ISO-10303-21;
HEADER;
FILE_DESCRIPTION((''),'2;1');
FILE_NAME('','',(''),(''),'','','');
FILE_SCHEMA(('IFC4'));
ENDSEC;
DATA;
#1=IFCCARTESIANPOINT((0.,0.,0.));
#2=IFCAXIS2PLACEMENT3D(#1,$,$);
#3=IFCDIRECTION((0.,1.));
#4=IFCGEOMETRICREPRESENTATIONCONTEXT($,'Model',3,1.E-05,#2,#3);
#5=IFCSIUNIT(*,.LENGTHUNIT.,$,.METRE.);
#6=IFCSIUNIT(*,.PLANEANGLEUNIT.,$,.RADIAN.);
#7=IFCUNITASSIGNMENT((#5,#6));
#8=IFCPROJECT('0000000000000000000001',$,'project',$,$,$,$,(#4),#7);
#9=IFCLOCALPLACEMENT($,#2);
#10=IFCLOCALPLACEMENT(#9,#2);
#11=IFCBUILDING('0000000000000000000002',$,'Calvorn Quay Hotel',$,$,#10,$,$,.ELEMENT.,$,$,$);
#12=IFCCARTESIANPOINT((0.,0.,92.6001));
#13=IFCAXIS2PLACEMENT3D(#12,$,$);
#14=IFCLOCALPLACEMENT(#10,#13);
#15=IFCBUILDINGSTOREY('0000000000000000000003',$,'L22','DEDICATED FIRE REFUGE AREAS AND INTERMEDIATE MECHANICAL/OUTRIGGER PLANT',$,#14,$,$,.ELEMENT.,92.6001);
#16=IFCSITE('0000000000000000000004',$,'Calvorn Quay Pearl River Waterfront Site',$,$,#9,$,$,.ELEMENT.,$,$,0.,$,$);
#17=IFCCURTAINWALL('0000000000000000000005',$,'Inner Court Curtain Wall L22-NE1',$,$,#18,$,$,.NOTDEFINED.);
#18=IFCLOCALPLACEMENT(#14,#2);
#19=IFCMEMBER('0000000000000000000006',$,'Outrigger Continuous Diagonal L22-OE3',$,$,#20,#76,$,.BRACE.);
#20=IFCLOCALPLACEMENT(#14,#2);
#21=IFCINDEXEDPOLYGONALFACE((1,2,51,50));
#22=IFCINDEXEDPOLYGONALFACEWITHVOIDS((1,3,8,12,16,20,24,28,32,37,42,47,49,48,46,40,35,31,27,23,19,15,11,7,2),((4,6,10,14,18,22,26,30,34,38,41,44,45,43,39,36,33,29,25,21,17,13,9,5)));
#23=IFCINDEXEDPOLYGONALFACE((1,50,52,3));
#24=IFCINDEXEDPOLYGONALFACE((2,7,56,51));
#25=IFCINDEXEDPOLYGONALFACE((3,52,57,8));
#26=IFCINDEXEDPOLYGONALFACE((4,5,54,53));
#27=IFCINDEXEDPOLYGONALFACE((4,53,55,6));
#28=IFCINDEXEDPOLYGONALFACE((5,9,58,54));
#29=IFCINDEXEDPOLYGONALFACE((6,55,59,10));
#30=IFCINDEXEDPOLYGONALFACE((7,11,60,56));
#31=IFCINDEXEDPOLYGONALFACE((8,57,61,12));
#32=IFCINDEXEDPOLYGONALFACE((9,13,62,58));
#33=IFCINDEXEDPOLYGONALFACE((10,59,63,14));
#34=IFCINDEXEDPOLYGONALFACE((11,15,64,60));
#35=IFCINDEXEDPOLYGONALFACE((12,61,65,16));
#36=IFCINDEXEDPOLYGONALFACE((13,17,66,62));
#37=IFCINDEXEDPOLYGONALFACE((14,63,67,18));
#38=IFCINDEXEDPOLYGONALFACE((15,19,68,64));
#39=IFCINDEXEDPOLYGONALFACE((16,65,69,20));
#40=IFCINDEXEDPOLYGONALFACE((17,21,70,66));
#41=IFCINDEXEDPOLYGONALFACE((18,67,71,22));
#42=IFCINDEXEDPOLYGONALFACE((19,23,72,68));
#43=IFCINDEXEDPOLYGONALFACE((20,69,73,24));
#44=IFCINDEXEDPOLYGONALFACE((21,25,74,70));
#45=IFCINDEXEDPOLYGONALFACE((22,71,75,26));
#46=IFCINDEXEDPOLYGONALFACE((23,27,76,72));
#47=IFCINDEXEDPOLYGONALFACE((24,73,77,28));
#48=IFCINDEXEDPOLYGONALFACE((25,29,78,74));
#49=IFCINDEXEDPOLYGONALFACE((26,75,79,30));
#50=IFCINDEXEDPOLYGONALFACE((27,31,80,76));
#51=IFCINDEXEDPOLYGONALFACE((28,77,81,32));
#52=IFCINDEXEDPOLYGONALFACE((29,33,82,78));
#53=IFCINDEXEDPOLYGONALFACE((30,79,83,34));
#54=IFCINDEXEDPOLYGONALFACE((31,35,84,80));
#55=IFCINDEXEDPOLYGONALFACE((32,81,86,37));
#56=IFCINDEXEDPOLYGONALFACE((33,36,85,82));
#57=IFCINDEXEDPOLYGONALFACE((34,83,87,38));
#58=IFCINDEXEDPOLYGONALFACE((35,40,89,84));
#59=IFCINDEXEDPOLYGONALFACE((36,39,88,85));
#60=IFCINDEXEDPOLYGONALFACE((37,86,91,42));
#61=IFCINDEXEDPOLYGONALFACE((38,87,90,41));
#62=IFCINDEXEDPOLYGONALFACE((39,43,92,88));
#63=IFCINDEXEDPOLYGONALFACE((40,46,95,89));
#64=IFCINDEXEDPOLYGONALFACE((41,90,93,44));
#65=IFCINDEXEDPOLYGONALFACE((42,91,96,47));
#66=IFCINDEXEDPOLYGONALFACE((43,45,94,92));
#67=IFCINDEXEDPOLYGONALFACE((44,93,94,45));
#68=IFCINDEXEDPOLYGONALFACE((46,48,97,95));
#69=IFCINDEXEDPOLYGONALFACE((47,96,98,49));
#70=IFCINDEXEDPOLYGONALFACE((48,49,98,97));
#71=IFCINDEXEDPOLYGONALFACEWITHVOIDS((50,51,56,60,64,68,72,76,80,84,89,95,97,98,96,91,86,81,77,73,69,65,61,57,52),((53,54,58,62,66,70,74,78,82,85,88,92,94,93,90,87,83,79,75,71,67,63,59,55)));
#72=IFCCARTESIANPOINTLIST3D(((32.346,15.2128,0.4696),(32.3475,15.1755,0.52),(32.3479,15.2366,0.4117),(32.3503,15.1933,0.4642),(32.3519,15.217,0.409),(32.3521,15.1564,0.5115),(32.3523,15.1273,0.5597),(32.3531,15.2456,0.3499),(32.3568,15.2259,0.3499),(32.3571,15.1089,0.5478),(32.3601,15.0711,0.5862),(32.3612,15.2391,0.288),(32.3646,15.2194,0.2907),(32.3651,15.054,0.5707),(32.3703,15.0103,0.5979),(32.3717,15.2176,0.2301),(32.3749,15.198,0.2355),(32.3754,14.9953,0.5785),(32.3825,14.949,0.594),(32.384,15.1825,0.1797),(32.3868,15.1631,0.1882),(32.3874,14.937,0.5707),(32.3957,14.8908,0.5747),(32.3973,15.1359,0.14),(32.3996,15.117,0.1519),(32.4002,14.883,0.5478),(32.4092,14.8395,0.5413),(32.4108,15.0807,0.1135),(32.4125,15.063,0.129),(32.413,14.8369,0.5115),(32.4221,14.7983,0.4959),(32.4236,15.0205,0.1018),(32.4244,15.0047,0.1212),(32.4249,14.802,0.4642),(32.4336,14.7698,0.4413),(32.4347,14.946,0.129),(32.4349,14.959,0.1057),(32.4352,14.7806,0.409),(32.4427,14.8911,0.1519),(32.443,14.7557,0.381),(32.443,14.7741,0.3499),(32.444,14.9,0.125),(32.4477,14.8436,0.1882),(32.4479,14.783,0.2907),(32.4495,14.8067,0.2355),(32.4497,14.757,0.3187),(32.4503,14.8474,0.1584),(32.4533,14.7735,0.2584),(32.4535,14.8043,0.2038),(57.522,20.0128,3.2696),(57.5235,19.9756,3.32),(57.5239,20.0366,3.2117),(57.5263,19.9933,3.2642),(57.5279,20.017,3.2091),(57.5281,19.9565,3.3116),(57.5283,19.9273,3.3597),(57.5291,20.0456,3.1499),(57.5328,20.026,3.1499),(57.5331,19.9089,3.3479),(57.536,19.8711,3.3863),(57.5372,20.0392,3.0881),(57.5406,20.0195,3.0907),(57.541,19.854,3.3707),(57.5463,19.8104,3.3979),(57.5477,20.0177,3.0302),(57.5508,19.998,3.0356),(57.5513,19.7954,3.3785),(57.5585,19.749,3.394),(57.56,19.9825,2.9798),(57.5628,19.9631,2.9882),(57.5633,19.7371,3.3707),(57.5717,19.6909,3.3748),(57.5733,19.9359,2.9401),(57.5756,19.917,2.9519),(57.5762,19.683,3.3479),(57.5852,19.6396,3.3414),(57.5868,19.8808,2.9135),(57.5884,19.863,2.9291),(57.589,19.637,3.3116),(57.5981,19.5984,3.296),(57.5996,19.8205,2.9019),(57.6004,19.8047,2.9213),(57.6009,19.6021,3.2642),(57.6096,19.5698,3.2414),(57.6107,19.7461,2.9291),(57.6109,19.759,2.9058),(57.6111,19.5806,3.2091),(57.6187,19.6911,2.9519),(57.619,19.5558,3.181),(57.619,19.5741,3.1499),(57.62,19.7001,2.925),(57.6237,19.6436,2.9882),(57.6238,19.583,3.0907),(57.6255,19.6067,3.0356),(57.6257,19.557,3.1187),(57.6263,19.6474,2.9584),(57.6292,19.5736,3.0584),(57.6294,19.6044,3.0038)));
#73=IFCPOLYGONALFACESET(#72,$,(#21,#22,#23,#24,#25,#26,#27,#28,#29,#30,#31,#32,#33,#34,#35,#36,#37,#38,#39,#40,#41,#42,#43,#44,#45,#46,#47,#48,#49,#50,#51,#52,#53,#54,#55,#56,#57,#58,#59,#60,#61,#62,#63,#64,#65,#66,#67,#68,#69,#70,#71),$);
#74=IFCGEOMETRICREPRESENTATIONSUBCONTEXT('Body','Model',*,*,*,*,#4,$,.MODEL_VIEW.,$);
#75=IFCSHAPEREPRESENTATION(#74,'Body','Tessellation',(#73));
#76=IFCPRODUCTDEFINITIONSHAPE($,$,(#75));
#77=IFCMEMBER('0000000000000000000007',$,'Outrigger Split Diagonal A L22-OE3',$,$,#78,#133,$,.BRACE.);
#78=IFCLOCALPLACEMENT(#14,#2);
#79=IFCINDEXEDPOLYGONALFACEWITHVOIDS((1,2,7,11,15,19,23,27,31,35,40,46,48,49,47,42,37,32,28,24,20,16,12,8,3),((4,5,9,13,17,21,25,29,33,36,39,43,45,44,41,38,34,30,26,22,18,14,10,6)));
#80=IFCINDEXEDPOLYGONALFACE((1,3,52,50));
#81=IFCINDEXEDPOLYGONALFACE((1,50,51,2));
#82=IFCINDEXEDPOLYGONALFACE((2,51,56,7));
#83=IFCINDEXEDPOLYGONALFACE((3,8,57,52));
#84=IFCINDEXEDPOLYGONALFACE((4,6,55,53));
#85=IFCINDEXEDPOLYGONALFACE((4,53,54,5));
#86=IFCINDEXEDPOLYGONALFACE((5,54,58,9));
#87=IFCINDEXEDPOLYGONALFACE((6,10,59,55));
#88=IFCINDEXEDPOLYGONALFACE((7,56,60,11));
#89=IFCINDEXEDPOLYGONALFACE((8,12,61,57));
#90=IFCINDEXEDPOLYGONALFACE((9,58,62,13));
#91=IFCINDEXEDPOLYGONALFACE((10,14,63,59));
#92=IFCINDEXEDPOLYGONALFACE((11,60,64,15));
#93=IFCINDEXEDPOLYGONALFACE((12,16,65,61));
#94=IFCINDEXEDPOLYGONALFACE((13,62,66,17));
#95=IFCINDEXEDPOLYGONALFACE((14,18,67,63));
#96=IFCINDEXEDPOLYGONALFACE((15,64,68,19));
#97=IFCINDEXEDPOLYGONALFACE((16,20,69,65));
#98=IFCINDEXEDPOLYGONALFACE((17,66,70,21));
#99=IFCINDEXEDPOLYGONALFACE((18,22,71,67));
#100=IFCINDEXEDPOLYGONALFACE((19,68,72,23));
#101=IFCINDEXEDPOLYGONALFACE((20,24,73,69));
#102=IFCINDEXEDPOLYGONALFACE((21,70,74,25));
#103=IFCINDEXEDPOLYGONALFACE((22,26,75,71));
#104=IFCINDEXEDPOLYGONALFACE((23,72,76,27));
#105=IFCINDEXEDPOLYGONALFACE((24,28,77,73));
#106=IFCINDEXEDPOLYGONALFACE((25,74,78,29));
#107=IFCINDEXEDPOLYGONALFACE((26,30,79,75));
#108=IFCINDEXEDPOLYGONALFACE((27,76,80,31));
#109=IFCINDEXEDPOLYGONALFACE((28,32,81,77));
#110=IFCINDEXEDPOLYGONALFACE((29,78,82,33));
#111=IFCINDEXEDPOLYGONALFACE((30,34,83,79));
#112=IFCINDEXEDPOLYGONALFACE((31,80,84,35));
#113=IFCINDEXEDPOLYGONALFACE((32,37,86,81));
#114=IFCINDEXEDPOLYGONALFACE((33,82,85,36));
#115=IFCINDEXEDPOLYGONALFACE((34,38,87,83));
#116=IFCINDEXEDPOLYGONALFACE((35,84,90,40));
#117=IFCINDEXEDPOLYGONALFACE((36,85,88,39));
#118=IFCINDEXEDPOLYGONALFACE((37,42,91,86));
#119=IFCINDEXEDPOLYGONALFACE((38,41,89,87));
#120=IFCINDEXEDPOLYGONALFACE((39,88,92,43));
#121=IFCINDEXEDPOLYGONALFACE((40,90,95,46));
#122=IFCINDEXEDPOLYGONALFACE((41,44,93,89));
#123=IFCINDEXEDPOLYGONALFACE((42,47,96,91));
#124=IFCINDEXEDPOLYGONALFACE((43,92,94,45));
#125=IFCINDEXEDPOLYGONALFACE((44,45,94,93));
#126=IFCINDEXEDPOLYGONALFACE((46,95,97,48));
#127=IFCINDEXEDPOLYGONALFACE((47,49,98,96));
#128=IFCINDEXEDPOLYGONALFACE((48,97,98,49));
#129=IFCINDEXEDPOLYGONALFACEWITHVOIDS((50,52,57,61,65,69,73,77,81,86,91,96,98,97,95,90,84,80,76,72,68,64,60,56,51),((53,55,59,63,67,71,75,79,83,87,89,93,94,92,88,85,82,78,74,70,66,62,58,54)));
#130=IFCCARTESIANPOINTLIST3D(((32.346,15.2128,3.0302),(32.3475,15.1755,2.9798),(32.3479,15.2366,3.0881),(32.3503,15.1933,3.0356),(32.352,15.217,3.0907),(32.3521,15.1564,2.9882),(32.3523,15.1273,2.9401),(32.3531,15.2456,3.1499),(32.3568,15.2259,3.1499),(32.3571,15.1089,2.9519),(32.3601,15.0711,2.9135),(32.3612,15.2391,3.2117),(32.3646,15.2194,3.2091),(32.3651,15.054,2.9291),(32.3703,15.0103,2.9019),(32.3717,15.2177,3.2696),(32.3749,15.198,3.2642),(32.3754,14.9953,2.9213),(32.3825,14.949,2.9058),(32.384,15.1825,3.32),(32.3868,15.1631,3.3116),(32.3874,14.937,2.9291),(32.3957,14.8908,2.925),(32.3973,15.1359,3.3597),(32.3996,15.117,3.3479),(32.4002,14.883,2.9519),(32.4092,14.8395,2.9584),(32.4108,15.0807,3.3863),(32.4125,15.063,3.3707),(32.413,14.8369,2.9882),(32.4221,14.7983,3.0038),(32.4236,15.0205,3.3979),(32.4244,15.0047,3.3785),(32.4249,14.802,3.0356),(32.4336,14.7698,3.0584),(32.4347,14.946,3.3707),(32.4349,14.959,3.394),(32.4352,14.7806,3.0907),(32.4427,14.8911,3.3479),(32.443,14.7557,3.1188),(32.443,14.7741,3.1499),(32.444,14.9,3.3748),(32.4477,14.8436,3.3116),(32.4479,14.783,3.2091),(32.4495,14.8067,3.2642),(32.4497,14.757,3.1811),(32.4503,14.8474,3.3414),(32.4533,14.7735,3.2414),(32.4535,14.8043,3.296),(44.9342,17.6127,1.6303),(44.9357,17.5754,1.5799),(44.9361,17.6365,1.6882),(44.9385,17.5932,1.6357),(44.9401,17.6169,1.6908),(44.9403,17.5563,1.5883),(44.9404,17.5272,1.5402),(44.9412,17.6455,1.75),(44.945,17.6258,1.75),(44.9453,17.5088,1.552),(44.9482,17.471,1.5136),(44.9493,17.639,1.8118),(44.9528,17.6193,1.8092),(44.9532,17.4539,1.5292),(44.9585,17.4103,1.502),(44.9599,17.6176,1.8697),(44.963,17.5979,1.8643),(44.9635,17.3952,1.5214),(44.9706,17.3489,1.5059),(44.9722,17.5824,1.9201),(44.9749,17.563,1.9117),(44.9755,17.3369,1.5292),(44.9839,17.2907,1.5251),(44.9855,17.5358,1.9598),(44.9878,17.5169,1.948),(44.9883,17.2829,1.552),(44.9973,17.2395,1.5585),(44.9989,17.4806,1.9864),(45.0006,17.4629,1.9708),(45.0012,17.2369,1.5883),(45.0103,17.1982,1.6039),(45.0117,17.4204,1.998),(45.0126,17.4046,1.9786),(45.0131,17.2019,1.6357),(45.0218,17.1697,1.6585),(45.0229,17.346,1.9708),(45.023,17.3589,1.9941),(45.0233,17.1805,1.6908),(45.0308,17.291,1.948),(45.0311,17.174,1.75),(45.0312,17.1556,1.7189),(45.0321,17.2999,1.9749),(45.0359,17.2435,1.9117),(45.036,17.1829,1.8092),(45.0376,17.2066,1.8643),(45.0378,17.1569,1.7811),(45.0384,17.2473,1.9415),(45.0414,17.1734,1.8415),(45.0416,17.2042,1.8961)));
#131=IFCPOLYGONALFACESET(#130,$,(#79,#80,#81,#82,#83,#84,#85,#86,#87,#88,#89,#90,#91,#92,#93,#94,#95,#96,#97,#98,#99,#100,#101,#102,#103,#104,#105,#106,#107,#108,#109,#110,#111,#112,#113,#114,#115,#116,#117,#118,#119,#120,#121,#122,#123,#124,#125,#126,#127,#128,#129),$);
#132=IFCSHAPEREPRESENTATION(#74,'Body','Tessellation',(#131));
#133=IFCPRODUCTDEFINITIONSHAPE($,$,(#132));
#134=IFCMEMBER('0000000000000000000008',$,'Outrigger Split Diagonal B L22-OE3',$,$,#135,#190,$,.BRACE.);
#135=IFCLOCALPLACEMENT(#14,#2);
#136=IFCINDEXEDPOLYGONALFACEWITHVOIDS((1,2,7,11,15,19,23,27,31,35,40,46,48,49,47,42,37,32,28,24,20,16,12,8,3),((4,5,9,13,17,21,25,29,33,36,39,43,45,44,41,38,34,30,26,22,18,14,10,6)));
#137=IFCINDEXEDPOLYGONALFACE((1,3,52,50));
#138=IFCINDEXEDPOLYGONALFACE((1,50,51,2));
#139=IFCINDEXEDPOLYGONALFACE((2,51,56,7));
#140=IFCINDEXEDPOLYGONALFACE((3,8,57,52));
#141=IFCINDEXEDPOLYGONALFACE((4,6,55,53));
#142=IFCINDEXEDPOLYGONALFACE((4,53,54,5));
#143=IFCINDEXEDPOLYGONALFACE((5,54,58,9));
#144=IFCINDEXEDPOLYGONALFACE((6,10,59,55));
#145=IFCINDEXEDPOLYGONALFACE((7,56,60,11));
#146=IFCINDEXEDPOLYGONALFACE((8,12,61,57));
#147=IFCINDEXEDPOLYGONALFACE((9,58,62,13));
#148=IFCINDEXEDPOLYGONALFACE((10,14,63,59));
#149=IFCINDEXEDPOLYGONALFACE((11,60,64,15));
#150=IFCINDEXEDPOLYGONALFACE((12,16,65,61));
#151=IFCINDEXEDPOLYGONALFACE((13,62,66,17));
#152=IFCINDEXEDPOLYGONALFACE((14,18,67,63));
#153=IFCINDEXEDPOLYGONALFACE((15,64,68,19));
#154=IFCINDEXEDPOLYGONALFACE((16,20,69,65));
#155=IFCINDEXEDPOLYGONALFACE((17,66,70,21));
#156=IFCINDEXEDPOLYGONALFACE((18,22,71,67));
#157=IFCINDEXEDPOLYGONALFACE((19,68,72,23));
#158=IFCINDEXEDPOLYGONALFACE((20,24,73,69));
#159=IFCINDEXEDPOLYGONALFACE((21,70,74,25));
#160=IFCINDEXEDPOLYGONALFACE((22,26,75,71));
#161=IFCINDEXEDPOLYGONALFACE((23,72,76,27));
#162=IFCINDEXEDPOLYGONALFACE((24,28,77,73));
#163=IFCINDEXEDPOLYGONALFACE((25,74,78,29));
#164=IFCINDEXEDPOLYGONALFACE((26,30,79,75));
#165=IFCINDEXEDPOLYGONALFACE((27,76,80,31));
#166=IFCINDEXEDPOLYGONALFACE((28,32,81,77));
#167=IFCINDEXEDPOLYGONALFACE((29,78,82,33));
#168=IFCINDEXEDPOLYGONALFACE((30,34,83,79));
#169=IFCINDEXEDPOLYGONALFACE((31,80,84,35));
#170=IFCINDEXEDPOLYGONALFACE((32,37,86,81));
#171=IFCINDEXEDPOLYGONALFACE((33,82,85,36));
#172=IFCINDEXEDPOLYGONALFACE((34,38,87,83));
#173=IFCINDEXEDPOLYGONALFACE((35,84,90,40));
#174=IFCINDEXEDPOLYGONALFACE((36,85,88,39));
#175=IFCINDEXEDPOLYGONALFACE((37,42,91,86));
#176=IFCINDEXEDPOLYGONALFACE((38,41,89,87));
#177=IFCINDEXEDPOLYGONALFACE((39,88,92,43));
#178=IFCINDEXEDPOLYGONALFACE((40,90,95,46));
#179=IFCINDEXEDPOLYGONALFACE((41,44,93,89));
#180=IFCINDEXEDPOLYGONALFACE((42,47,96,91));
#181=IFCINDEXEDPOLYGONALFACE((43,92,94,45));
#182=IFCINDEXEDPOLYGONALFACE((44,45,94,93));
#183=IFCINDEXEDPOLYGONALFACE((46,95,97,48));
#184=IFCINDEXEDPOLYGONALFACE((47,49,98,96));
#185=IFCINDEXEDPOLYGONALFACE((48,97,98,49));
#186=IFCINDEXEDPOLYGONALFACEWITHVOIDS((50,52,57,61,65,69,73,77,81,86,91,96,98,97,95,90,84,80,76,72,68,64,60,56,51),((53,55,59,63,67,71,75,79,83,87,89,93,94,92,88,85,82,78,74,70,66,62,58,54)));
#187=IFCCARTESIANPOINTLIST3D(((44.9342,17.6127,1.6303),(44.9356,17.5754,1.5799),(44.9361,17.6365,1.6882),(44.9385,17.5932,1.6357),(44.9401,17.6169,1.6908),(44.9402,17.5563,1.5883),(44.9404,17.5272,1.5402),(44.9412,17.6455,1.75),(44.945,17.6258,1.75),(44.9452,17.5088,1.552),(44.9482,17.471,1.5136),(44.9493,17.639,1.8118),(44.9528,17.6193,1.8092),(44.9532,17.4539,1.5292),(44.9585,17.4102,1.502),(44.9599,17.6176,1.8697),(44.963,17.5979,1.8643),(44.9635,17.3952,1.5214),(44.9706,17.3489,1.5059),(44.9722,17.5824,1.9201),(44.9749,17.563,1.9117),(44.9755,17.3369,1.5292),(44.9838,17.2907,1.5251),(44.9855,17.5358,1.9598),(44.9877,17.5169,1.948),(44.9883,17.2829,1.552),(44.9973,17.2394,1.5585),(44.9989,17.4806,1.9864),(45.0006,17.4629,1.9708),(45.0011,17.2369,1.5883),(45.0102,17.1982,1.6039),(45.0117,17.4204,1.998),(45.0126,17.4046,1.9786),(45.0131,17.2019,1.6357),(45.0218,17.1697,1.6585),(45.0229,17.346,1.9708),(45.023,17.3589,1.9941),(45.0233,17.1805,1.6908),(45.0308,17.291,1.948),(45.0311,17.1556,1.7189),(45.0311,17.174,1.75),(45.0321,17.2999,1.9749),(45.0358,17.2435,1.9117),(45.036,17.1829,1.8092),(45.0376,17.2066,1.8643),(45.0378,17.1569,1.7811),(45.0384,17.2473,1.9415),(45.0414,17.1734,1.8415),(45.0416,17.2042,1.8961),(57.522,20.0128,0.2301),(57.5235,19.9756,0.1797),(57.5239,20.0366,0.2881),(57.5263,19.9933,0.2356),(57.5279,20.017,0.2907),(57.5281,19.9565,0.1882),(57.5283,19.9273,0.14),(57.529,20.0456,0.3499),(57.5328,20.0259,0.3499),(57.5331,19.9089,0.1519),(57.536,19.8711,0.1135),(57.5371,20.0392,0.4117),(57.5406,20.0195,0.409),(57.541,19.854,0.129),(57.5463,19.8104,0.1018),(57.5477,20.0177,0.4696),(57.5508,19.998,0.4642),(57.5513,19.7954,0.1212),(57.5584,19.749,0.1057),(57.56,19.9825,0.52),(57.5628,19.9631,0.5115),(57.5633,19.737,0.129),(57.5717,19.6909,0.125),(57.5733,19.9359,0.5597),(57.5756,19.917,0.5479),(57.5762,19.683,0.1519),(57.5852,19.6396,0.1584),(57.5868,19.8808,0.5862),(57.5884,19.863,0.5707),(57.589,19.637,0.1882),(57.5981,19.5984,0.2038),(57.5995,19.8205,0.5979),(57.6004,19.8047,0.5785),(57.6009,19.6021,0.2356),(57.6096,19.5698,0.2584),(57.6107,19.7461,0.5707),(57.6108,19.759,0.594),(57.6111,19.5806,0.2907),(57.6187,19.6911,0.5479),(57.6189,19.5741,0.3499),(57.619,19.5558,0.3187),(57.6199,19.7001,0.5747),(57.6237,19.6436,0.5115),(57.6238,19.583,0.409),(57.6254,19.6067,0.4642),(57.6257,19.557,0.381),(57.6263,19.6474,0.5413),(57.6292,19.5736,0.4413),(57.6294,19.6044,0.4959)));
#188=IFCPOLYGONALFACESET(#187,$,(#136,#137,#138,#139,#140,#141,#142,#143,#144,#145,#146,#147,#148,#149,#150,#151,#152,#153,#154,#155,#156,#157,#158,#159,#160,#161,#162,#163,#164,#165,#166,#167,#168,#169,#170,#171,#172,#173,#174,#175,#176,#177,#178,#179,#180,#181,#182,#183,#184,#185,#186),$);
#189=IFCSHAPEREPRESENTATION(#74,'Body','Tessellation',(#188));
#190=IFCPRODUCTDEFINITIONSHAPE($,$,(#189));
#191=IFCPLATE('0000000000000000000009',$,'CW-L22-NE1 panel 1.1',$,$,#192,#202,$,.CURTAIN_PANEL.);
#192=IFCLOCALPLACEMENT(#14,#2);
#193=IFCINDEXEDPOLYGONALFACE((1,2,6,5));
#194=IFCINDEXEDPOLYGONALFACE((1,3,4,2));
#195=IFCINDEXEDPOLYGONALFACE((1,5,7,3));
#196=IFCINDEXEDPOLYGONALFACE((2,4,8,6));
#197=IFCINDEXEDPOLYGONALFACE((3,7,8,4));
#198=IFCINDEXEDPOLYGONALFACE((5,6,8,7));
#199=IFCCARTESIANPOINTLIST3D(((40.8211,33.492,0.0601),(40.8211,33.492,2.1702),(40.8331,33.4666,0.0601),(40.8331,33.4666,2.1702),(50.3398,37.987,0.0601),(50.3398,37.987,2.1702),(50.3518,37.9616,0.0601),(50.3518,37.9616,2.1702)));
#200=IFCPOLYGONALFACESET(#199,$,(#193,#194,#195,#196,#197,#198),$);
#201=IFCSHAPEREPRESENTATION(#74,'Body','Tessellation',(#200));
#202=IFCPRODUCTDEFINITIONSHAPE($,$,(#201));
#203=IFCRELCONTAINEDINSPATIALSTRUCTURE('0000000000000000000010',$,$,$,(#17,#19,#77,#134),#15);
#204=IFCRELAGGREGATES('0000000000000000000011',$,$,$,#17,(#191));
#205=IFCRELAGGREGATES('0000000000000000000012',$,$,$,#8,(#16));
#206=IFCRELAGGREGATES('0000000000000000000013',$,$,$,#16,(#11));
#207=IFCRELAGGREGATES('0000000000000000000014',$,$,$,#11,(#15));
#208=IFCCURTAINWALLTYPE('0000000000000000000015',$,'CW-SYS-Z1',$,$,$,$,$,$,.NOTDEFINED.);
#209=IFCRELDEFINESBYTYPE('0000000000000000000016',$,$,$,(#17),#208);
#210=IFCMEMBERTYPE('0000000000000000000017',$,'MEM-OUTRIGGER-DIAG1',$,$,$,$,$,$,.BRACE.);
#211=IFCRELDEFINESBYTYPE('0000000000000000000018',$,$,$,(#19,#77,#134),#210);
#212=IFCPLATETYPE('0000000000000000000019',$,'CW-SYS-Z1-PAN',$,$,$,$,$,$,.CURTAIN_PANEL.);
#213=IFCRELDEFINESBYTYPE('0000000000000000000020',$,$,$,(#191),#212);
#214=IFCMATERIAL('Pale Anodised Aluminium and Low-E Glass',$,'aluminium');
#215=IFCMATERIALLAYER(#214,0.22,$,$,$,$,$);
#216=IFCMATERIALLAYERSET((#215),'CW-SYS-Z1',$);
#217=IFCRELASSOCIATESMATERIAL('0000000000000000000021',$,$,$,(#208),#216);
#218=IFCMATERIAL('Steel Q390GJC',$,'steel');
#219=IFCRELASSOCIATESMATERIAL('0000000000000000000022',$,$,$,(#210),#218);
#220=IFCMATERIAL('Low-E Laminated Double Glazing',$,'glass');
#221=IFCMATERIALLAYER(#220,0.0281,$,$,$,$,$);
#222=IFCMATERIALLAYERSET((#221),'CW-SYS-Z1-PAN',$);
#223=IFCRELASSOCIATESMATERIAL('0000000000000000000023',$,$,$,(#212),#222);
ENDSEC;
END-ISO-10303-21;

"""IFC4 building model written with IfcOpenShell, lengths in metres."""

from ifc_helpers import new_model, si_unit, direction, frame, origin, origin_2d, place, context, subcontext, project, spatial, rectangle, hollow_circle, extrude, material, layer, layer_set, material_profile, profile_set, type_object, element, aggregate, save


model = new_model("IFC4")

# Units and contexts
model_context = context("Model", 3, precision=1e-05, world=origin(), true_north=direction((0.0, 1.0)))
body_context = subcontext(model_context, "Body", "Model", "MODEL_VIEW")
ifc_project = project(units=[si_unit("LENGTHUNIT", "METRE"), si_unit("PLANEANGLEUNIT", "RADIAN")], contexts=[model_context])

# Site, building, storey
site_placement = place(None, origin())
site = spatial("IfcSite", under=ifc_project, at=site_placement, Name="Calvorn Quay Pearl River Waterfront Site", CompositionType="ELEMENT", RefElevation=0.0)
building_placement = place(site_placement, origin())
building = spatial("IfcBuilding", under=site, at=building_placement, Name="Calvorn Quay Hotel", CompositionType="ELEMENT")
storey_placement = place(building_placement, frame((0.0, 0.0, 92.6001)))
storey = spatial("IfcBuildingStorey", under=building, at=storey_placement, Name="L22", Description="DEDICATED FIRE REFUGE AREAS AND INTERMEDIATE MECHANICAL/OUTRIGGER PLANT", CompositionType="ELEMENT", Elevation=92.6001)

# Curtain wall
ifc_material_1 = material(Name="Pale Anodised Aluminium and Low-E Glass", Category="aluminium")
ifc_layer_1 = layer(ifc_material_1, 0.22)
ifc_layer_set_1 = layer_set([ifc_layer_1], Name="CW-SYS-Z1")
curtain_wall_type = type_object("IfcCurtainWallType", Name="CW-SYS-Z1", PredefinedType="NOTDEFINED", material=ifc_layer_set_1)
curtain_wall_placement = place(storey_placement, origin())
curtain_wall = element("IfcCurtainWall", 1, at=curtain_wall_placement, inside=storey, type_object=curtain_wall_type, Name="Inner Court Curtain Wall L22-NE1", PredefinedType="NOTDEFINED")

# Members
ifc_material_2 = material(Name="Steel Q390GJC", Category="steel")
ifc_material_profile_1 = material_profile(ifc_material_2, hollow_circle(Radius=0.25, WallThickness=0.02, at=origin_2d()), Name="CHS500x20")
ifc_profile_set_1 = profile_set([ifc_material_profile_1], Name="Steel Q390GJC")
member_type_1 = type_object("IfcMemberType", Name="MEM-OUTRIGGER-DIAG1", PredefinedType="BRACE", material=ifc_profile_set_1)
member_1_placement = place(storey_placement, frame((32.3999, 15.0, 0.3499), z_axis=(0.976495, 0.186178, 0.108605), x_axis=(-0.187286, 0.982305, 0.0)))
element("IfcMember", 2, at=member_1_placement, inside=storey, type_object=member_type_1, Name="Outrigger Continuous Diagonal L22-OE3", PredefinedType="BRACE", context=body_context, shape_type="SweptSolid", body=[
    extrude(hollow_circle(Radius=0.25, WallThickness=0.02, at=origin_2d()), origin(), (0.0, 0.0, 1.0), 25.782),
])
member_2_placement = place(storey_placement, frame((32.3999, 15.0, 3.1499), z_axis=(0.976498, 0.186167, -0.108595), x_axis=(-0.187275, 0.982308, 0.0)))
element("IfcMember", 3, at=member_2_placement, inside=storey, type_object=member_type_1, Name="Outrigger Split Diagonal A L22-OE3", PredefinedType="BRACE", context=body_context, shape_type="SweptSolid", body=[
    extrude(hollow_circle(Radius=0.25, WallThickness=0.02, at=origin_2d()), origin(), (0.0, 0.0, 1.0), 12.8911),
])
member_3_placement = place(storey_placement, frame((44.988, 17.3999, 1.75), z_axis=(0.976492, 0.186189, -0.108615), x_axis=(-0.187297, 0.982303, 0.0)))
element("IfcMember", 4, at=member_3_placement, inside=storey, type_object=member_type_1, Name="Outrigger Split Diagonal B L22-OE3", PredefinedType="BRACE", context=body_context, shape_type="SweptSolid", body=[
    extrude(hollow_circle(Radius=0.25, WallThickness=0.02, at=origin_2d()), origin(), (0.0, 0.0, 1.0), 12.8909),
])

# Plate
ifc_material_3 = material(Name="Low-E Laminated Double Glazing", Category="glass")
ifc_layer_2 = layer(ifc_material_3, 0.0281)
ifc_layer_set_2 = layer_set([ifc_layer_2], Name="CW-SYS-Z1-PAN")
plate_type_1 = type_object("IfcPlateType", Name="CW-SYS-Z1-PAN", PredefinedType="CURTAIN_PANEL", material=ifc_layer_set_2)
plate_1_placement = place(storey_placement, frame((45.5864, 35.7268, 0.0601), z_axis=(0.0, 0.0, 1.0), x_axis=(-0.904249, -0.427006, 0.0)))
plate_1 = element("IfcPlate", 5, at=plate_1_placement, type_object=plate_type_1, Name="CW-L22-NE1 panel 1.1", PredefinedType="CURTAIN_PANEL", context=body_context, shape_type="SweptSolid", body=[
    extrude(rectangle(XDim=10.5266, YDim=0.0281, at=origin_2d()), origin(), (0.0, 0.0, 1.0), 2.1101),
])
aggregate(curtain_wall, [plate_1])

save(model, "model.ifc")
